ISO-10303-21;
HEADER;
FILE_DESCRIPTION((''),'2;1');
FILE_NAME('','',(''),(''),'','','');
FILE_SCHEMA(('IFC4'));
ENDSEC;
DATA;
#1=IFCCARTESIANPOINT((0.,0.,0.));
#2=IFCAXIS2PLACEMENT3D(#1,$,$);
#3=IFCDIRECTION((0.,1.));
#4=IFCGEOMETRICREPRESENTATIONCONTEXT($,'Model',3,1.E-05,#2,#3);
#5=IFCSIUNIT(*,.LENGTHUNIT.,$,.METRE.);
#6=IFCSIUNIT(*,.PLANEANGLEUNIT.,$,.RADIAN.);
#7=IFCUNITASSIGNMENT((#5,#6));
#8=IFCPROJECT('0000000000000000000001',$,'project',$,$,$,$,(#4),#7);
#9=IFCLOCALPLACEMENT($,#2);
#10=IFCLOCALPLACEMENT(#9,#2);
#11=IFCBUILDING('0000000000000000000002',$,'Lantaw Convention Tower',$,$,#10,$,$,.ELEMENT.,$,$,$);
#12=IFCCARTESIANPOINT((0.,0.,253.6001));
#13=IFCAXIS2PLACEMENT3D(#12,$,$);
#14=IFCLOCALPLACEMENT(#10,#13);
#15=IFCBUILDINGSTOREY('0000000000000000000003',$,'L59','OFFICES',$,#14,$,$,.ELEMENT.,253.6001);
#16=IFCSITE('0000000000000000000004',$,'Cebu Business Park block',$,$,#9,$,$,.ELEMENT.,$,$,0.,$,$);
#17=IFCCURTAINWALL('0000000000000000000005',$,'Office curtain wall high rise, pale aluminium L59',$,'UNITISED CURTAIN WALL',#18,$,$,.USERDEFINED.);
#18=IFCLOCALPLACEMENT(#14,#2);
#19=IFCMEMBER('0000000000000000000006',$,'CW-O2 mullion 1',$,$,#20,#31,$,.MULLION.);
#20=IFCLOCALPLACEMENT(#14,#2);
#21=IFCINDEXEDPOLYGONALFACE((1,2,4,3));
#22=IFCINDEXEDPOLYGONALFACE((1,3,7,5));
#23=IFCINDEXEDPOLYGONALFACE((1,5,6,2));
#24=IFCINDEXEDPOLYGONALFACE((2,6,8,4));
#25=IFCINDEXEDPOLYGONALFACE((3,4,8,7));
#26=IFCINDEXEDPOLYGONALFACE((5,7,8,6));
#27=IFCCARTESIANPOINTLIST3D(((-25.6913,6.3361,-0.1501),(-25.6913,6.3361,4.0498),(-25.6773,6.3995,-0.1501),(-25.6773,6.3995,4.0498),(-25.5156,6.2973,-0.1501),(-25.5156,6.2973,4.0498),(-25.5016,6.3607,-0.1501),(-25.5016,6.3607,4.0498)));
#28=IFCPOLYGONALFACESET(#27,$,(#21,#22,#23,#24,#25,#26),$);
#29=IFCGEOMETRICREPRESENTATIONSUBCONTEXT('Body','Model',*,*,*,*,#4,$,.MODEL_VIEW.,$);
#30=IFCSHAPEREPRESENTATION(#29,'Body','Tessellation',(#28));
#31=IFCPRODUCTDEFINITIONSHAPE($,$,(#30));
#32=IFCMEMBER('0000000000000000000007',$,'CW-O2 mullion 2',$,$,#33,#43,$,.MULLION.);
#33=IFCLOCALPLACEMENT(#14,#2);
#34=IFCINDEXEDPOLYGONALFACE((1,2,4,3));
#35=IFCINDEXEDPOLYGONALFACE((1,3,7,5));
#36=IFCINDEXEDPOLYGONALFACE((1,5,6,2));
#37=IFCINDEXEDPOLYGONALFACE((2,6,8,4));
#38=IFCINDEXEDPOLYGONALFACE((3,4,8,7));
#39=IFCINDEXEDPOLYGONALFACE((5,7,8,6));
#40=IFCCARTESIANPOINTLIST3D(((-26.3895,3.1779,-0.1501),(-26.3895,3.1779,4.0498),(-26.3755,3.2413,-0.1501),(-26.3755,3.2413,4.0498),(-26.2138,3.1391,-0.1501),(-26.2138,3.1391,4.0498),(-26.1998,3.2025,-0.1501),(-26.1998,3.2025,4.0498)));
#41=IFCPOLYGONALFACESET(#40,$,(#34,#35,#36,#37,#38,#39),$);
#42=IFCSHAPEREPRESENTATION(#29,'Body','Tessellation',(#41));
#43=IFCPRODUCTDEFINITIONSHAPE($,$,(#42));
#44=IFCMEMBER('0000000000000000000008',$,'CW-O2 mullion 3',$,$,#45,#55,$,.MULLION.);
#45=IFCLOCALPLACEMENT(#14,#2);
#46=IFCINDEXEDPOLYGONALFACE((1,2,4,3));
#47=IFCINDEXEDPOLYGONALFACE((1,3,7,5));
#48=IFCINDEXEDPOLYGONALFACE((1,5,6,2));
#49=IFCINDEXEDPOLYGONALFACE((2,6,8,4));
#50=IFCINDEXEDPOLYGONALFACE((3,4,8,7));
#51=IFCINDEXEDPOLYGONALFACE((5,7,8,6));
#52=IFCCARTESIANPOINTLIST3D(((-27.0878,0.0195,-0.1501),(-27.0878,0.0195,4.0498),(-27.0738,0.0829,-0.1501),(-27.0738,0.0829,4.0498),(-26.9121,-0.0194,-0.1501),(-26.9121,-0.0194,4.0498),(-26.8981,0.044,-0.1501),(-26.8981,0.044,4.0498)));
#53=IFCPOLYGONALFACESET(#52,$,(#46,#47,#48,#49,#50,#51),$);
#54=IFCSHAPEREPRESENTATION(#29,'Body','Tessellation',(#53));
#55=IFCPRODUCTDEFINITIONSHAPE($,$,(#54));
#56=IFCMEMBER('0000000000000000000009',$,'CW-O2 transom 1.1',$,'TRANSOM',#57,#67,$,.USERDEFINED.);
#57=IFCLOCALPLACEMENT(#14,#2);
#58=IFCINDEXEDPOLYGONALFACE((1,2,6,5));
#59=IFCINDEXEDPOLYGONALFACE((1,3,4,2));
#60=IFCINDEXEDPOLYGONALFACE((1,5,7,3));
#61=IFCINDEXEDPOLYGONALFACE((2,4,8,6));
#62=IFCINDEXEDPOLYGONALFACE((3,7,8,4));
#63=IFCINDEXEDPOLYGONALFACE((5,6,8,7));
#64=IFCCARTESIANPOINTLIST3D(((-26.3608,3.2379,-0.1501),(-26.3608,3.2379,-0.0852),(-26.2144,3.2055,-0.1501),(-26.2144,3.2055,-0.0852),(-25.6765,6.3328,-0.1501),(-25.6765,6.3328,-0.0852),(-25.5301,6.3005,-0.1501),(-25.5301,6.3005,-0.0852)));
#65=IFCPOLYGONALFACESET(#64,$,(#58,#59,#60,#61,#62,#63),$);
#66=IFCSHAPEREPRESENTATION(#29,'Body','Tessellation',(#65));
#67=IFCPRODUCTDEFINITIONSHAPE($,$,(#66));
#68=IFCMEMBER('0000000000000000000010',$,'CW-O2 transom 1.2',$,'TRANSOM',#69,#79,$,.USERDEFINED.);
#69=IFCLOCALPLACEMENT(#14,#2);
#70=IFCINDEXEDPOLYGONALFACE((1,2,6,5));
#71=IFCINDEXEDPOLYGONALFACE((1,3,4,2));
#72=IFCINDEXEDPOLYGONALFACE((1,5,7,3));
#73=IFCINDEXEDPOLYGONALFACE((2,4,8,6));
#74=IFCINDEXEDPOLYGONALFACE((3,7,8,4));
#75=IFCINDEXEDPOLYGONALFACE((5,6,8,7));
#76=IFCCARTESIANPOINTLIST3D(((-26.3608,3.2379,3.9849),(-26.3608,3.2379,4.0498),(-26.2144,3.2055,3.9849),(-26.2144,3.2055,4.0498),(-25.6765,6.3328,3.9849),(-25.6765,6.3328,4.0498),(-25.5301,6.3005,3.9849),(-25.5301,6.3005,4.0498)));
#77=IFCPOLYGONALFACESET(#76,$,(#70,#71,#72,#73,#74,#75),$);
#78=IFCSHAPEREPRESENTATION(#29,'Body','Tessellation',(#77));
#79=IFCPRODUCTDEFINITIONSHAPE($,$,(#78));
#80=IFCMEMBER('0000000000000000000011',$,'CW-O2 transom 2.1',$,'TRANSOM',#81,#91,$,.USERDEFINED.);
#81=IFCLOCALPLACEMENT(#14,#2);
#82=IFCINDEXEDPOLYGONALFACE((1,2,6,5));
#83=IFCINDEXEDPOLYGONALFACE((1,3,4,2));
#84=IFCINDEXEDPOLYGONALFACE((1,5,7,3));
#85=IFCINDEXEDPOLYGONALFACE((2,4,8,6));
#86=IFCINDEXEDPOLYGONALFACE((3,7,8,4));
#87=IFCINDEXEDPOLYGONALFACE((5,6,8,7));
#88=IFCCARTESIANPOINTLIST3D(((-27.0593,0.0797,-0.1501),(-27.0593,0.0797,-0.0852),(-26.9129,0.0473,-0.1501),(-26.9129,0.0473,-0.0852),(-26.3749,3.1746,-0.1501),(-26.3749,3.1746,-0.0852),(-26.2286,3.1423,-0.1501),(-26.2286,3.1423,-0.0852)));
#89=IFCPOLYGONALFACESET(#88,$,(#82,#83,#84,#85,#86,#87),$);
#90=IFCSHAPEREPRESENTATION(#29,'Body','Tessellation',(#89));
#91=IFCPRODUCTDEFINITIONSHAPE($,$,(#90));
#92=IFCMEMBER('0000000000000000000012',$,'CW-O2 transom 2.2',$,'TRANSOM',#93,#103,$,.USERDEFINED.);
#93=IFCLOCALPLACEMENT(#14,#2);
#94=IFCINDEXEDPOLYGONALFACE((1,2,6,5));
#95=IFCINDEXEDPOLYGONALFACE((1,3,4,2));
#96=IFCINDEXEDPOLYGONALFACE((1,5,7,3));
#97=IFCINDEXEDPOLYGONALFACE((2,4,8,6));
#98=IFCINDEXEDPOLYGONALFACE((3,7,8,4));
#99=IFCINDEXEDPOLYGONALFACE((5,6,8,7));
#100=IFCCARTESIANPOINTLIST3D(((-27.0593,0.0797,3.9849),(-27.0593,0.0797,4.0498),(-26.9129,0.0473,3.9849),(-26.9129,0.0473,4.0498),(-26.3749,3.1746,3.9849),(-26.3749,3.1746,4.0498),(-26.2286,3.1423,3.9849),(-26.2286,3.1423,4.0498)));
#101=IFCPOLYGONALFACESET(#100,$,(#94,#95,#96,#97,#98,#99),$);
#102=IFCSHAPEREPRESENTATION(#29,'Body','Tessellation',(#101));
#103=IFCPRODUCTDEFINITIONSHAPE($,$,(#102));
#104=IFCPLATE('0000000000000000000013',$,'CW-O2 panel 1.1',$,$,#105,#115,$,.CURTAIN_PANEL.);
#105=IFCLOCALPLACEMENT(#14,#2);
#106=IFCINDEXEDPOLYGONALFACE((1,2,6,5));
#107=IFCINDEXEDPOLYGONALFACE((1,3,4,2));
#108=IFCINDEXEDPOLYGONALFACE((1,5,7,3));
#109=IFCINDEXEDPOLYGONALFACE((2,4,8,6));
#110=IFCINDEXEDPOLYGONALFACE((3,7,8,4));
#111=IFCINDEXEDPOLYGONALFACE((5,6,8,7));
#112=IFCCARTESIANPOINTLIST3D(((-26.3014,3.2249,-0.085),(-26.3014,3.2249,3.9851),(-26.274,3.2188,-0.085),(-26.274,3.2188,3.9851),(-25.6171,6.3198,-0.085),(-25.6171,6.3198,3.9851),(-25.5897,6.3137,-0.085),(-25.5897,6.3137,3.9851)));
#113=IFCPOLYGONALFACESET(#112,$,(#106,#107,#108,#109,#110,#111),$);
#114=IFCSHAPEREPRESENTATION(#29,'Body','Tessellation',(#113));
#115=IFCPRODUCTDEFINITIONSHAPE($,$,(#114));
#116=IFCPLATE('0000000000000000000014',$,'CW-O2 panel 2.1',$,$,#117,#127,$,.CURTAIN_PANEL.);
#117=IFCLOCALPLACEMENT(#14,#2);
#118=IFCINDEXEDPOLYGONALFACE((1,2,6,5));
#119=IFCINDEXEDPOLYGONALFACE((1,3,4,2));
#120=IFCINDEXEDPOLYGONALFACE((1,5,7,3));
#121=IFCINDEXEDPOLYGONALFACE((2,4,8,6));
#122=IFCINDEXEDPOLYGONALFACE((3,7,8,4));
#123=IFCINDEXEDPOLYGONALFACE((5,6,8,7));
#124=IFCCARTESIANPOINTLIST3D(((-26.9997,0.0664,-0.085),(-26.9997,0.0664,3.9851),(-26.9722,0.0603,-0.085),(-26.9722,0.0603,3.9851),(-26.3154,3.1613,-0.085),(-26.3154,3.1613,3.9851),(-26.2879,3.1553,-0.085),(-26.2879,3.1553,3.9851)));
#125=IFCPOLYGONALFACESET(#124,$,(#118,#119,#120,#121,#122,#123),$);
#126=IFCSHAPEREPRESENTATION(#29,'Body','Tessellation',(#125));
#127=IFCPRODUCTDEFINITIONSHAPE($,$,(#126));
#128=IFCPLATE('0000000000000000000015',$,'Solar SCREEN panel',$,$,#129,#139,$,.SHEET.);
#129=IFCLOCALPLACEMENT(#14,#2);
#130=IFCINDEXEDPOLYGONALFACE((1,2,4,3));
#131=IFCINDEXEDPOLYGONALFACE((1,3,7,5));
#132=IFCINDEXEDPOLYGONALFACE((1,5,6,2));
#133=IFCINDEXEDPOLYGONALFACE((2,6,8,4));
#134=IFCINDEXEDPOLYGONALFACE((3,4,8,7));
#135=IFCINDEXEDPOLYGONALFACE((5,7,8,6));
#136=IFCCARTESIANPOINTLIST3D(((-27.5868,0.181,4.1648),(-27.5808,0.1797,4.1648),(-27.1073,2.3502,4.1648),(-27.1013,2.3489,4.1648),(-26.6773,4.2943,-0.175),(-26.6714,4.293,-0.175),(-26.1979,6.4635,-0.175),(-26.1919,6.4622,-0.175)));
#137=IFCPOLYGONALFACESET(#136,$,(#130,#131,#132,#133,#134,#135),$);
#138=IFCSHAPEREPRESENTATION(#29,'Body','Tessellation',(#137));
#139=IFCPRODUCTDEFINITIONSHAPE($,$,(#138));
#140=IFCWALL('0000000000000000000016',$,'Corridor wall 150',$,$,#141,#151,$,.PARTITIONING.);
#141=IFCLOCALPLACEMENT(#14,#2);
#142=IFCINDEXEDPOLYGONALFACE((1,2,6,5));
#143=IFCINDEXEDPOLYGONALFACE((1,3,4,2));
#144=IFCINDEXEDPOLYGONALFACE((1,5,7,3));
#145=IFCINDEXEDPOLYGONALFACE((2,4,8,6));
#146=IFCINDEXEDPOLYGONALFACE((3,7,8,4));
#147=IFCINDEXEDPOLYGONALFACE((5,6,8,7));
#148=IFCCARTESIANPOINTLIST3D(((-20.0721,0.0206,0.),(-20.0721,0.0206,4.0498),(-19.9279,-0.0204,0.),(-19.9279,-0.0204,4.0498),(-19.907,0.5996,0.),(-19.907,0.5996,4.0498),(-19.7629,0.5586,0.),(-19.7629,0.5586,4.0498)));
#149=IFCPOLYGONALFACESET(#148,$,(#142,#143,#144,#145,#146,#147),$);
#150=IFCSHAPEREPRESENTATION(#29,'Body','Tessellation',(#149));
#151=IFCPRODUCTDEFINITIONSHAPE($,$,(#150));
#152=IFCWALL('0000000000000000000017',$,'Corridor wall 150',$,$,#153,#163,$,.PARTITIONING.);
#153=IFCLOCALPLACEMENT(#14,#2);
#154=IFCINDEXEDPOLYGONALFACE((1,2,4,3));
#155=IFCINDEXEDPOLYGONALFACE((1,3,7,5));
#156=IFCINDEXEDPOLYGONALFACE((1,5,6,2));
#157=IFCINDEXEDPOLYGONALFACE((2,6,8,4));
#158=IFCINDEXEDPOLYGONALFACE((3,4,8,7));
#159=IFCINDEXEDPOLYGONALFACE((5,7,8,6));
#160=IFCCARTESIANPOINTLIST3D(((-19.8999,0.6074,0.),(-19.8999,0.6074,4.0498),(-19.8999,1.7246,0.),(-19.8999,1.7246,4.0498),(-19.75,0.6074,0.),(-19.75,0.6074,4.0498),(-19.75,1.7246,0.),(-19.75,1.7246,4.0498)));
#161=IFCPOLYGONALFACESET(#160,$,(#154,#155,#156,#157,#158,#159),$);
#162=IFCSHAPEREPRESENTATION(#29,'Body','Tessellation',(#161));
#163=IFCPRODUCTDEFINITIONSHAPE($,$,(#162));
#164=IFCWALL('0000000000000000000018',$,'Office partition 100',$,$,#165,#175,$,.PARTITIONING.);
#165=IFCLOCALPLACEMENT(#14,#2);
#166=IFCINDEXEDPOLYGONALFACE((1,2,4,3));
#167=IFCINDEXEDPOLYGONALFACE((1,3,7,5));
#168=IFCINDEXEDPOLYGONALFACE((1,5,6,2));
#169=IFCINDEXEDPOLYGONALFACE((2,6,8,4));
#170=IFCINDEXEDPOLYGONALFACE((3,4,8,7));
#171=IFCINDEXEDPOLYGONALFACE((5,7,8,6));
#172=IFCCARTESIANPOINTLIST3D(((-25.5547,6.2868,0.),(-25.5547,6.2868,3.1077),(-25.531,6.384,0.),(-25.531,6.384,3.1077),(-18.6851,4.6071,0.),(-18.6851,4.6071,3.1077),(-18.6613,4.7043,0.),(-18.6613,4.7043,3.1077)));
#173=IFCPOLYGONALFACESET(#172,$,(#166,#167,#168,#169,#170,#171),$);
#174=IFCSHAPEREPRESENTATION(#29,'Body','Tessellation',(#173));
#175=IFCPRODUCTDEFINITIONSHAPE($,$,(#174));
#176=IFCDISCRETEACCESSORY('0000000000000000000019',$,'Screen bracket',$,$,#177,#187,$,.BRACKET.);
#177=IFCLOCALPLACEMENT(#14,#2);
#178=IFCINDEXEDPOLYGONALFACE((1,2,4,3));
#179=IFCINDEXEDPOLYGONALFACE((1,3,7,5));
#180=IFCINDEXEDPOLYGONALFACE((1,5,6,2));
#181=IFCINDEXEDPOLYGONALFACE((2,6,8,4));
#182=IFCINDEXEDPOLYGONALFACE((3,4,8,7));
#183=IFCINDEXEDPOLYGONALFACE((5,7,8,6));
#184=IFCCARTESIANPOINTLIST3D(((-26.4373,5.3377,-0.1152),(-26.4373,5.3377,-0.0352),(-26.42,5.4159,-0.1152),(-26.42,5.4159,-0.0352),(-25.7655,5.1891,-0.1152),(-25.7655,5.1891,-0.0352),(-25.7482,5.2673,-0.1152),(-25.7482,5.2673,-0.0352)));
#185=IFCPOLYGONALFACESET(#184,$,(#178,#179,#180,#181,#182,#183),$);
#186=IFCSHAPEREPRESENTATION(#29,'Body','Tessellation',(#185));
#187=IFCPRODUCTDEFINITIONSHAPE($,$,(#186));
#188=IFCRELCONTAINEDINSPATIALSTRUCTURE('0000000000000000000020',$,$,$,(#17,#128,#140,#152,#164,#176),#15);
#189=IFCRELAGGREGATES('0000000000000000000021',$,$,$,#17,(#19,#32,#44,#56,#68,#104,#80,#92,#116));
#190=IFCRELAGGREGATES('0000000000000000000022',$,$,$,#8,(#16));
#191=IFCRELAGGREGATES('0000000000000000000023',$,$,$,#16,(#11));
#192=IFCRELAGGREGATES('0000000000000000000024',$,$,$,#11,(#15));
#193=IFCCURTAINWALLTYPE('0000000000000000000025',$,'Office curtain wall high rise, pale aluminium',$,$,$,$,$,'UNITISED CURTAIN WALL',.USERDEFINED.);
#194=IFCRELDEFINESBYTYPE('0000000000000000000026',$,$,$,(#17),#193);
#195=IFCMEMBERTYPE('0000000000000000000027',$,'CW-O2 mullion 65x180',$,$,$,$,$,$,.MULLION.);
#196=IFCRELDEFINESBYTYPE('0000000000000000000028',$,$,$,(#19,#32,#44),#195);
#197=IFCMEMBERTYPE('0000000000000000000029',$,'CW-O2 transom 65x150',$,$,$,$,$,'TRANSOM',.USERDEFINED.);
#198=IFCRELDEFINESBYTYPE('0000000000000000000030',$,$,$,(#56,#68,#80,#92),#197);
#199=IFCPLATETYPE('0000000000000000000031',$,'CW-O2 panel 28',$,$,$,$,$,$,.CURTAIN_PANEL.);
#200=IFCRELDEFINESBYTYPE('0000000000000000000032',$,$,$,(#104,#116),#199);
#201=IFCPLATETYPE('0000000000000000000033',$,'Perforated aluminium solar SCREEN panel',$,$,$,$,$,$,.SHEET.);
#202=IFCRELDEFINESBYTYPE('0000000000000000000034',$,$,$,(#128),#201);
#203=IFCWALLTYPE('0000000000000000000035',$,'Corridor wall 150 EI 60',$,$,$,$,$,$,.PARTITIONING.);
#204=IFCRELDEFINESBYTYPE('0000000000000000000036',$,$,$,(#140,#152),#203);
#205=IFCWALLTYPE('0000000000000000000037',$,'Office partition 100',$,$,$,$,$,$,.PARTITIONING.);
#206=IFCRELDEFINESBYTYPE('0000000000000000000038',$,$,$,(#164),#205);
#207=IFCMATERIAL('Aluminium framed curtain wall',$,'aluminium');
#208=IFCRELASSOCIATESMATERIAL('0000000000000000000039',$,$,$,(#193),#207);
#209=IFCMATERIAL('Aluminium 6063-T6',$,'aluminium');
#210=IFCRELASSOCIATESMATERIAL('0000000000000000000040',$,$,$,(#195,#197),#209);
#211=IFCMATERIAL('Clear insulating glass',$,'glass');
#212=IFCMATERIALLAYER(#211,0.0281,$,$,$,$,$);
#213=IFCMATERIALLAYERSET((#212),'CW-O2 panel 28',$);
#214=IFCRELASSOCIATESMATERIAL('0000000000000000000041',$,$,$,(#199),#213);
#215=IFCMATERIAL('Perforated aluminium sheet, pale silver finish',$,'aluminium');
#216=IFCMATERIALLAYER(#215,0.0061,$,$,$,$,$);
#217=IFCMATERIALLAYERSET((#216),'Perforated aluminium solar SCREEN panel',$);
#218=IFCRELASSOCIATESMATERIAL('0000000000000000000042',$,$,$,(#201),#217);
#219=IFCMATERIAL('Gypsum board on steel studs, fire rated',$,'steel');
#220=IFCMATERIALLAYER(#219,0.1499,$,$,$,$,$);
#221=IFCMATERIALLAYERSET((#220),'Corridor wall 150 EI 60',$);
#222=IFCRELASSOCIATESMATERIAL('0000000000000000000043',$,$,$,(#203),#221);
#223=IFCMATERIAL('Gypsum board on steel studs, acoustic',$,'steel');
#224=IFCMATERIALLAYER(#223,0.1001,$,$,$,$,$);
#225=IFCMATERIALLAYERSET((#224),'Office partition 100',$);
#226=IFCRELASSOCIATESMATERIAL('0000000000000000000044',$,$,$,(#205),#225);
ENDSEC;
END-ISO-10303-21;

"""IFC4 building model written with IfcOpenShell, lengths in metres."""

from ifc_helpers import new_model, si_unit, direction, frame, frame_2d, origin, origin_2d, place, context, subcontext, project, spatial, polyline, rectangle, outline, extrude, material, layer, layer_set, material_profile, profile_set, type_object, element, aggregate, save


model = new_model("IFC4")

# Units and contexts
model_context = context("Model", 3, precision=1e-05, world=origin(), true_north=direction((0.0, 1.0)))
body_context = subcontext(model_context, "Body", "Model", "MODEL_VIEW")
ifc_project = project(units=[si_unit("LENGTHUNIT", "METRE"), si_unit("PLANEANGLEUNIT", "RADIAN")], contexts=[model_context])

# Site, building, storey
site_placement = place(None, origin())
site = spatial("IfcSite", under=ifc_project, at=site_placement, Name="Cebu Business Park block", CompositionType="ELEMENT", RefElevation=0.0)
building_placement = place(site_placement, origin())
building = spatial("IfcBuilding", under=site, at=building_placement, Name="Lantaw Convention Tower", CompositionType="ELEMENT")
storey_placement = place(building_placement, frame((0.0, 0.0, 253.6001)))
storey = spatial("IfcBuildingStorey", under=building, at=storey_placement, Name="L59", Description="OFFICES", CompositionType="ELEMENT", Elevation=253.6001)

# Shared definitions
ifc_material_1 = material(Name="Aluminium framed curtain wall", Category="aluminium")
curtain_wall_type = type_object("IfcCurtainWallType", Name="Office curtain wall high rise, pale aluminium", ElementType="UNITISED CURTAIN WALL", PredefinedType="USERDEFINED", material=ifc_material_1)
ifc_material_2 = material(Name="Aluminium 6063-T6", Category="aluminium")
ifc_material_profile_1 = material_profile(ifc_material_2, rectangle(XDim=0.1799, YDim=0.0649, at=origin_2d()), Name="CW-O2 mullion 65x180")
ifc_profile_set_1 = profile_set([ifc_material_profile_1], Name="Aluminium 6063-T6")
member_type_1 = type_object("IfcMemberType", Name="CW-O2 mullion 65x180", PredefinedType="MULLION", material=ifc_profile_set_1)

# Curtain wall, members, plates
curtain_wall_1_placement = place(storey_placement, origin())
curtain_wall_1 = element("IfcCurtainWall", 1, at=curtain_wall_1_placement, inside=storey, type_object=curtain_wall_type, Name="Office curtain wall high rise, pale aluminium L59", ObjectType="UNITISED CURTAIN WALL", PredefinedType="USERDEFINED")
member_1_placement = place(storey_placement, frame((-25.5964, 6.3484, -0.1501), z_axis=(0.0, 0.0, 1.0), x_axis=(0.976417, -0.215891, 0.0)))
member_1 = element("IfcMember", 2, at=member_1_placement, type_object=member_type_1, Name="CW-O2 mullion 1", PredefinedType="MULLION", context=body_context, shape_type="SweptSolid", body=[
    extrude(rectangle(XDim=0.1799, YDim=0.0649, at=origin_2d()), origin(), (0.0, 0.0, 1.0), 4.2),
])
member_2_placement = place(storey_placement, frame((-26.2947, 3.1902, -0.1501), z_axis=(0.0, 0.0, 1.0), x_axis=(0.976417, -0.215891, 0.0)))
member_2 = element("IfcMember", 3, at=member_2_placement, type_object=member_type_1, Name="CW-O2 mullion 2", PredefinedType="MULLION", context=body_context, shape_type="SweptSolid", body=[
    extrude(rectangle(XDim=0.1799, YDim=0.0649, at=origin_2d()), origin(), (0.0, 0.0, 1.0), 4.2),
])
member_3_placement = place(storey_placement, frame((-26.9929, 0.0317, -0.1501), z_axis=(0.0, 0.0, 1.0), x_axis=(0.976417, -0.215891, 0.0)))
member_3 = element("IfcMember", 4, at=member_3_placement, type_object=member_type_1, Name="CW-O2 mullion 3", PredefinedType="MULLION", context=body_context, shape_type="SweptSolid", body=[
    extrude(rectangle(XDim=0.1799, YDim=0.0649, at=origin_2d()), origin(), (0.0, 0.0, 1.0), 4.2),
])
ifc_material_profile_2 = material_profile(ifc_material_2, rectangle(XDim=0.1499, YDim=0.0649, at=origin_2d()), Name="CW-O2 transom 65x150")
ifc_profile_set_2 = profile_set([ifc_material_profile_2], Name="Aluminium 6063-T6")
member_type_2 = type_object("IfcMemberType", Name="CW-O2 transom 65x150", ElementType="TRANSOM", PredefinedType="USERDEFINED", material=ifc_profile_set_2)
member_4_placement = place(storey_placement, frame((-25.6033, 6.3167, -0.1177), z_axis=(-0.215895, -0.976417, 0.0), x_axis=(0.976417, -0.215895, 0.0)))
member_4 = element("IfcMember", 5, at=member_4_placement, type_object=member_type_2, Name="CW-O2 transom 1.1", ObjectType="TRANSOM", PredefinedType="USERDEFINED", context=body_context, shape_type="SweptSolid", body=[
    extrude(rectangle(XDim=0.1499, YDim=0.0649, at=origin_2d()), origin(), (0.0, 0.0, 1.0), 3.1697),
])
member_5_placement = place(storey_placement, frame((-25.6033, 6.3167, 4.0173), z_axis=(-0.215895, -0.976417, 0.0), x_axis=(0.976417, -0.215895, 0.0)))
member_5 = element("IfcMember", 6, at=member_5_placement, type_object=member_type_2, Name="CW-O2 transom 1.2", ObjectType="TRANSOM", PredefinedType="USERDEFINED", context=body_context, shape_type="SweptSolid", body=[
    extrude(rectangle(XDim=0.1499, YDim=0.0649, at=origin_2d()), origin(), (0.0, 0.0, 1.0), 3.1697),
])
member_6_placement = place(storey_placement, frame((-26.3018, 3.1584, -0.1177), z_axis=(-0.215895, -0.976417, 0.0), x_axis=(0.976417, -0.215895, 0.0)))
member_6 = element("IfcMember", 7, at=member_6_placement, type_object=member_type_2, Name="CW-O2 transom 2.1", ObjectType="TRANSOM", PredefinedType="USERDEFINED", context=body_context, shape_type="SweptSolid", body=[
    extrude(rectangle(XDim=0.1499, YDim=0.0649, at=origin_2d()), origin(), (0.0, 0.0, 1.0), 3.1697),
])
member_7_placement = place(storey_placement, frame((-26.3018, 3.1584, 4.0173), z_axis=(-0.215895, -0.976417, 0.0), x_axis=(0.976417, -0.215895, 0.0)))
member_7 = element("IfcMember", 8, at=member_7_placement, type_object=member_type_2, Name="CW-O2 transom 2.2", ObjectType="TRANSOM", PredefinedType="USERDEFINED", context=body_context, shape_type="SweptSolid", body=[
    extrude(rectangle(XDim=0.1499, YDim=0.0649, at=origin_2d()), origin(), (0.0, 0.0, 1.0), 3.1697),
])
ifc_material_3 = material(Name="Clear insulating glass", Category="glass")
ifc_layer_1 = layer(ifc_material_3, 0.0281)
ifc_layer_set_1 = layer_set([ifc_layer_1], Name="CW-O2 panel 28")
plate_type_1 = type_object("IfcPlateType", Name="CW-O2 panel 28", PredefinedType="CURTAIN_PANEL", material=ifc_layer_set_1)
plate_1_placement = place(storey_placement, frame((-25.9456, 4.7693, -0.085), z_axis=(0.0, 0.0, 1.0), x_axis=(-0.215891, -0.976417, 0.0)))
plate_1 = element("IfcPlate", 9, at=plate_1_placement, type_object=plate_type_1, Name="CW-O2 panel 1.1", PredefinedType="CURTAIN_PANEL", context=body_context, shape_type="SweptSolid", body=[
    extrude(rectangle(XDim=3.1697, YDim=0.0281, at=origin_2d()), origin(), (0.0, 0.0, 1.0), 4.0701),
])
plate_2_placement = place(storey_placement, frame((-26.6438, 1.6108, -0.085), z_axis=(0.0, 0.0, 1.0), x_axis=(-0.215891, -0.976417, 0.0)))
plate_2 = element("IfcPlate", 10, at=plate_2_placement, type_object=plate_type_1, Name="CW-O2 panel 2.1", PredefinedType="CURTAIN_PANEL", context=body_context, shape_type="SweptSolid", body=[
    extrude(rectangle(XDim=3.1697, YDim=0.0281, at=origin_2d()), origin(), (0.0, 0.0, 1.0), 4.0701),
])
aggregate(curtain_wall_1, [member_1, member_2, member_3, member_4, member_5, plate_1, member_6, member_7, plate_2])

# Plate
ifc_material_4 = material(Name="Perforated aluminium sheet, pale silver finish", Category="aluminium")
ifc_layer_2 = layer(ifc_material_4, 0.0061)
ifc_layer_set_2 = layer_set([ifc_layer_2], Name="Perforated aluminium solar SCREEN panel")
plate_type_2 = type_object("IfcPlateType", Name="Perforated aluminium solar SCREEN panel", PredefinedType="SHEET", material=ifc_layer_set_2)
plate_3_placement = place(storey_placement, frame((-26.1919, 6.4622, -0.175), z_axis=(0.97643, -0.215837, 0.000044), x_axis=(-0.215837, -0.97643, 0.0)))
element("IfcPlate", 11, at=plate_3_placement, inside=storey, type_object=plate_type_2, Name="Solar SCREEN panel", PredefinedType="SHEET", context=body_context, shape_type="SweptSolid", body=[
    extrude(outline(polyline([(0.0, 0.0), (2.2216, 0.0), (6.4342, -4.3398), (4.2126, -4.3398), (0.0, 0.0)])), origin(), (0.0, 0.0, -1.0), 0.0061),
])

# Walls
ifc_material_5 = material(Name="Gypsum board on steel studs, fire rated", Category="steel")
ifc_layer_3 = layer(ifc_material_5, 0.1499)
ifc_layer_set_3 = layer_set([ifc_layer_3], Name="Corridor wall 150 EI 60")
wall_type_1 = type_object("IfcWallType", Name="Corridor wall 150 EI 60", PredefinedType="PARTITIONING", material=ifc_layer_set_3)
wall_1_placement = place(storey_placement, frame((-19.835, 0.5791, 0.0), z_axis=(0.0, 0.0, 1.0), x_axis=(-0.274078, -0.961707, 0.0)))
element("IfcWall", 12, at=wall_1_placement, inside=storey, type_object=wall_type_1, Name="Corridor wall 150", PredefinedType="PARTITIONING", context=body_context, shape_type="SweptSolid", body=[
    extrude(rectangle(XDim=0.6021, YDim=0.1499, at=frame_2d((0.301, 0.0))), origin(), (0.0, 0.0, 1.0), 4.0498),
])
wall_2_placement = place(storey_placement, frame((-19.825, 0.6074, 0.0), z_axis=(0.0, 0.0, 1.0), x_axis=(0.0, 1.0, 0.0)))
element("IfcWall", 13, at=wall_2_placement, inside=storey, type_object=wall_type_1, Name="Corridor wall 150", PredefinedType="PARTITIONING", context=body_context, shape_type="SweptSolid", body=[
    extrude(rectangle(XDim=1.1172, YDim=0.1499, at=frame_2d((0.5586, 0.0))), origin(), (0.0, 0.0, 1.0), 4.0498),
])
ifc_material_6 = material(Name="Gypsum board on steel studs, acoustic", Category="steel")
ifc_layer_4 = layer(ifc_material_6, 0.1001)
ifc_layer_set_4 = layer_set([ifc_layer_4], Name="Office partition 100")
wall_type_2 = type_object("IfcWallType", Name="Office partition 100", PredefinedType="PARTITIONING", material=ifc_layer_set_4)
wall_3_placement = place(storey_placement, frame((-25.543, 6.3354, 0.0), z_axis=(0.0, 0.0, 1.0), x_axis=(0.971384, -0.237512, 0.0)))
element("IfcWall", 14, at=wall_3_placement, inside=storey, type_object=wall_type_2, Name="Office partition 100", PredefinedType="PARTITIONING", context=body_context, shape_type="SweptSolid", body=[
    extrude(rectangle(XDim=7.072, YDim=0.1001, at=frame_2d((3.5361, 0.0))), origin(), (0.0, 0.0, 1.0), 3.1077),
])

# Discrete accessory
discrete_accessory_placement = place(storey_placement, frame((-26.0928, 5.3025, -0.1152), z_axis=(0.0, 0.0, 1.0), x_axis=(-0.215891, -0.976417, 0.0)))
element("IfcDiscreteAccessory", 15, at=discrete_accessory_placement, inside=storey, Name="Screen bracket", PredefinedType="BRACKET", context=body_context, shape_type="SweptSolid", body=[
    extrude(rectangle(XDim=0.0801, YDim=0.688, at=origin_2d()), origin(), (0.0, 0.0, 1.0), 0.0801),
])

save(model, "model.ifc")
